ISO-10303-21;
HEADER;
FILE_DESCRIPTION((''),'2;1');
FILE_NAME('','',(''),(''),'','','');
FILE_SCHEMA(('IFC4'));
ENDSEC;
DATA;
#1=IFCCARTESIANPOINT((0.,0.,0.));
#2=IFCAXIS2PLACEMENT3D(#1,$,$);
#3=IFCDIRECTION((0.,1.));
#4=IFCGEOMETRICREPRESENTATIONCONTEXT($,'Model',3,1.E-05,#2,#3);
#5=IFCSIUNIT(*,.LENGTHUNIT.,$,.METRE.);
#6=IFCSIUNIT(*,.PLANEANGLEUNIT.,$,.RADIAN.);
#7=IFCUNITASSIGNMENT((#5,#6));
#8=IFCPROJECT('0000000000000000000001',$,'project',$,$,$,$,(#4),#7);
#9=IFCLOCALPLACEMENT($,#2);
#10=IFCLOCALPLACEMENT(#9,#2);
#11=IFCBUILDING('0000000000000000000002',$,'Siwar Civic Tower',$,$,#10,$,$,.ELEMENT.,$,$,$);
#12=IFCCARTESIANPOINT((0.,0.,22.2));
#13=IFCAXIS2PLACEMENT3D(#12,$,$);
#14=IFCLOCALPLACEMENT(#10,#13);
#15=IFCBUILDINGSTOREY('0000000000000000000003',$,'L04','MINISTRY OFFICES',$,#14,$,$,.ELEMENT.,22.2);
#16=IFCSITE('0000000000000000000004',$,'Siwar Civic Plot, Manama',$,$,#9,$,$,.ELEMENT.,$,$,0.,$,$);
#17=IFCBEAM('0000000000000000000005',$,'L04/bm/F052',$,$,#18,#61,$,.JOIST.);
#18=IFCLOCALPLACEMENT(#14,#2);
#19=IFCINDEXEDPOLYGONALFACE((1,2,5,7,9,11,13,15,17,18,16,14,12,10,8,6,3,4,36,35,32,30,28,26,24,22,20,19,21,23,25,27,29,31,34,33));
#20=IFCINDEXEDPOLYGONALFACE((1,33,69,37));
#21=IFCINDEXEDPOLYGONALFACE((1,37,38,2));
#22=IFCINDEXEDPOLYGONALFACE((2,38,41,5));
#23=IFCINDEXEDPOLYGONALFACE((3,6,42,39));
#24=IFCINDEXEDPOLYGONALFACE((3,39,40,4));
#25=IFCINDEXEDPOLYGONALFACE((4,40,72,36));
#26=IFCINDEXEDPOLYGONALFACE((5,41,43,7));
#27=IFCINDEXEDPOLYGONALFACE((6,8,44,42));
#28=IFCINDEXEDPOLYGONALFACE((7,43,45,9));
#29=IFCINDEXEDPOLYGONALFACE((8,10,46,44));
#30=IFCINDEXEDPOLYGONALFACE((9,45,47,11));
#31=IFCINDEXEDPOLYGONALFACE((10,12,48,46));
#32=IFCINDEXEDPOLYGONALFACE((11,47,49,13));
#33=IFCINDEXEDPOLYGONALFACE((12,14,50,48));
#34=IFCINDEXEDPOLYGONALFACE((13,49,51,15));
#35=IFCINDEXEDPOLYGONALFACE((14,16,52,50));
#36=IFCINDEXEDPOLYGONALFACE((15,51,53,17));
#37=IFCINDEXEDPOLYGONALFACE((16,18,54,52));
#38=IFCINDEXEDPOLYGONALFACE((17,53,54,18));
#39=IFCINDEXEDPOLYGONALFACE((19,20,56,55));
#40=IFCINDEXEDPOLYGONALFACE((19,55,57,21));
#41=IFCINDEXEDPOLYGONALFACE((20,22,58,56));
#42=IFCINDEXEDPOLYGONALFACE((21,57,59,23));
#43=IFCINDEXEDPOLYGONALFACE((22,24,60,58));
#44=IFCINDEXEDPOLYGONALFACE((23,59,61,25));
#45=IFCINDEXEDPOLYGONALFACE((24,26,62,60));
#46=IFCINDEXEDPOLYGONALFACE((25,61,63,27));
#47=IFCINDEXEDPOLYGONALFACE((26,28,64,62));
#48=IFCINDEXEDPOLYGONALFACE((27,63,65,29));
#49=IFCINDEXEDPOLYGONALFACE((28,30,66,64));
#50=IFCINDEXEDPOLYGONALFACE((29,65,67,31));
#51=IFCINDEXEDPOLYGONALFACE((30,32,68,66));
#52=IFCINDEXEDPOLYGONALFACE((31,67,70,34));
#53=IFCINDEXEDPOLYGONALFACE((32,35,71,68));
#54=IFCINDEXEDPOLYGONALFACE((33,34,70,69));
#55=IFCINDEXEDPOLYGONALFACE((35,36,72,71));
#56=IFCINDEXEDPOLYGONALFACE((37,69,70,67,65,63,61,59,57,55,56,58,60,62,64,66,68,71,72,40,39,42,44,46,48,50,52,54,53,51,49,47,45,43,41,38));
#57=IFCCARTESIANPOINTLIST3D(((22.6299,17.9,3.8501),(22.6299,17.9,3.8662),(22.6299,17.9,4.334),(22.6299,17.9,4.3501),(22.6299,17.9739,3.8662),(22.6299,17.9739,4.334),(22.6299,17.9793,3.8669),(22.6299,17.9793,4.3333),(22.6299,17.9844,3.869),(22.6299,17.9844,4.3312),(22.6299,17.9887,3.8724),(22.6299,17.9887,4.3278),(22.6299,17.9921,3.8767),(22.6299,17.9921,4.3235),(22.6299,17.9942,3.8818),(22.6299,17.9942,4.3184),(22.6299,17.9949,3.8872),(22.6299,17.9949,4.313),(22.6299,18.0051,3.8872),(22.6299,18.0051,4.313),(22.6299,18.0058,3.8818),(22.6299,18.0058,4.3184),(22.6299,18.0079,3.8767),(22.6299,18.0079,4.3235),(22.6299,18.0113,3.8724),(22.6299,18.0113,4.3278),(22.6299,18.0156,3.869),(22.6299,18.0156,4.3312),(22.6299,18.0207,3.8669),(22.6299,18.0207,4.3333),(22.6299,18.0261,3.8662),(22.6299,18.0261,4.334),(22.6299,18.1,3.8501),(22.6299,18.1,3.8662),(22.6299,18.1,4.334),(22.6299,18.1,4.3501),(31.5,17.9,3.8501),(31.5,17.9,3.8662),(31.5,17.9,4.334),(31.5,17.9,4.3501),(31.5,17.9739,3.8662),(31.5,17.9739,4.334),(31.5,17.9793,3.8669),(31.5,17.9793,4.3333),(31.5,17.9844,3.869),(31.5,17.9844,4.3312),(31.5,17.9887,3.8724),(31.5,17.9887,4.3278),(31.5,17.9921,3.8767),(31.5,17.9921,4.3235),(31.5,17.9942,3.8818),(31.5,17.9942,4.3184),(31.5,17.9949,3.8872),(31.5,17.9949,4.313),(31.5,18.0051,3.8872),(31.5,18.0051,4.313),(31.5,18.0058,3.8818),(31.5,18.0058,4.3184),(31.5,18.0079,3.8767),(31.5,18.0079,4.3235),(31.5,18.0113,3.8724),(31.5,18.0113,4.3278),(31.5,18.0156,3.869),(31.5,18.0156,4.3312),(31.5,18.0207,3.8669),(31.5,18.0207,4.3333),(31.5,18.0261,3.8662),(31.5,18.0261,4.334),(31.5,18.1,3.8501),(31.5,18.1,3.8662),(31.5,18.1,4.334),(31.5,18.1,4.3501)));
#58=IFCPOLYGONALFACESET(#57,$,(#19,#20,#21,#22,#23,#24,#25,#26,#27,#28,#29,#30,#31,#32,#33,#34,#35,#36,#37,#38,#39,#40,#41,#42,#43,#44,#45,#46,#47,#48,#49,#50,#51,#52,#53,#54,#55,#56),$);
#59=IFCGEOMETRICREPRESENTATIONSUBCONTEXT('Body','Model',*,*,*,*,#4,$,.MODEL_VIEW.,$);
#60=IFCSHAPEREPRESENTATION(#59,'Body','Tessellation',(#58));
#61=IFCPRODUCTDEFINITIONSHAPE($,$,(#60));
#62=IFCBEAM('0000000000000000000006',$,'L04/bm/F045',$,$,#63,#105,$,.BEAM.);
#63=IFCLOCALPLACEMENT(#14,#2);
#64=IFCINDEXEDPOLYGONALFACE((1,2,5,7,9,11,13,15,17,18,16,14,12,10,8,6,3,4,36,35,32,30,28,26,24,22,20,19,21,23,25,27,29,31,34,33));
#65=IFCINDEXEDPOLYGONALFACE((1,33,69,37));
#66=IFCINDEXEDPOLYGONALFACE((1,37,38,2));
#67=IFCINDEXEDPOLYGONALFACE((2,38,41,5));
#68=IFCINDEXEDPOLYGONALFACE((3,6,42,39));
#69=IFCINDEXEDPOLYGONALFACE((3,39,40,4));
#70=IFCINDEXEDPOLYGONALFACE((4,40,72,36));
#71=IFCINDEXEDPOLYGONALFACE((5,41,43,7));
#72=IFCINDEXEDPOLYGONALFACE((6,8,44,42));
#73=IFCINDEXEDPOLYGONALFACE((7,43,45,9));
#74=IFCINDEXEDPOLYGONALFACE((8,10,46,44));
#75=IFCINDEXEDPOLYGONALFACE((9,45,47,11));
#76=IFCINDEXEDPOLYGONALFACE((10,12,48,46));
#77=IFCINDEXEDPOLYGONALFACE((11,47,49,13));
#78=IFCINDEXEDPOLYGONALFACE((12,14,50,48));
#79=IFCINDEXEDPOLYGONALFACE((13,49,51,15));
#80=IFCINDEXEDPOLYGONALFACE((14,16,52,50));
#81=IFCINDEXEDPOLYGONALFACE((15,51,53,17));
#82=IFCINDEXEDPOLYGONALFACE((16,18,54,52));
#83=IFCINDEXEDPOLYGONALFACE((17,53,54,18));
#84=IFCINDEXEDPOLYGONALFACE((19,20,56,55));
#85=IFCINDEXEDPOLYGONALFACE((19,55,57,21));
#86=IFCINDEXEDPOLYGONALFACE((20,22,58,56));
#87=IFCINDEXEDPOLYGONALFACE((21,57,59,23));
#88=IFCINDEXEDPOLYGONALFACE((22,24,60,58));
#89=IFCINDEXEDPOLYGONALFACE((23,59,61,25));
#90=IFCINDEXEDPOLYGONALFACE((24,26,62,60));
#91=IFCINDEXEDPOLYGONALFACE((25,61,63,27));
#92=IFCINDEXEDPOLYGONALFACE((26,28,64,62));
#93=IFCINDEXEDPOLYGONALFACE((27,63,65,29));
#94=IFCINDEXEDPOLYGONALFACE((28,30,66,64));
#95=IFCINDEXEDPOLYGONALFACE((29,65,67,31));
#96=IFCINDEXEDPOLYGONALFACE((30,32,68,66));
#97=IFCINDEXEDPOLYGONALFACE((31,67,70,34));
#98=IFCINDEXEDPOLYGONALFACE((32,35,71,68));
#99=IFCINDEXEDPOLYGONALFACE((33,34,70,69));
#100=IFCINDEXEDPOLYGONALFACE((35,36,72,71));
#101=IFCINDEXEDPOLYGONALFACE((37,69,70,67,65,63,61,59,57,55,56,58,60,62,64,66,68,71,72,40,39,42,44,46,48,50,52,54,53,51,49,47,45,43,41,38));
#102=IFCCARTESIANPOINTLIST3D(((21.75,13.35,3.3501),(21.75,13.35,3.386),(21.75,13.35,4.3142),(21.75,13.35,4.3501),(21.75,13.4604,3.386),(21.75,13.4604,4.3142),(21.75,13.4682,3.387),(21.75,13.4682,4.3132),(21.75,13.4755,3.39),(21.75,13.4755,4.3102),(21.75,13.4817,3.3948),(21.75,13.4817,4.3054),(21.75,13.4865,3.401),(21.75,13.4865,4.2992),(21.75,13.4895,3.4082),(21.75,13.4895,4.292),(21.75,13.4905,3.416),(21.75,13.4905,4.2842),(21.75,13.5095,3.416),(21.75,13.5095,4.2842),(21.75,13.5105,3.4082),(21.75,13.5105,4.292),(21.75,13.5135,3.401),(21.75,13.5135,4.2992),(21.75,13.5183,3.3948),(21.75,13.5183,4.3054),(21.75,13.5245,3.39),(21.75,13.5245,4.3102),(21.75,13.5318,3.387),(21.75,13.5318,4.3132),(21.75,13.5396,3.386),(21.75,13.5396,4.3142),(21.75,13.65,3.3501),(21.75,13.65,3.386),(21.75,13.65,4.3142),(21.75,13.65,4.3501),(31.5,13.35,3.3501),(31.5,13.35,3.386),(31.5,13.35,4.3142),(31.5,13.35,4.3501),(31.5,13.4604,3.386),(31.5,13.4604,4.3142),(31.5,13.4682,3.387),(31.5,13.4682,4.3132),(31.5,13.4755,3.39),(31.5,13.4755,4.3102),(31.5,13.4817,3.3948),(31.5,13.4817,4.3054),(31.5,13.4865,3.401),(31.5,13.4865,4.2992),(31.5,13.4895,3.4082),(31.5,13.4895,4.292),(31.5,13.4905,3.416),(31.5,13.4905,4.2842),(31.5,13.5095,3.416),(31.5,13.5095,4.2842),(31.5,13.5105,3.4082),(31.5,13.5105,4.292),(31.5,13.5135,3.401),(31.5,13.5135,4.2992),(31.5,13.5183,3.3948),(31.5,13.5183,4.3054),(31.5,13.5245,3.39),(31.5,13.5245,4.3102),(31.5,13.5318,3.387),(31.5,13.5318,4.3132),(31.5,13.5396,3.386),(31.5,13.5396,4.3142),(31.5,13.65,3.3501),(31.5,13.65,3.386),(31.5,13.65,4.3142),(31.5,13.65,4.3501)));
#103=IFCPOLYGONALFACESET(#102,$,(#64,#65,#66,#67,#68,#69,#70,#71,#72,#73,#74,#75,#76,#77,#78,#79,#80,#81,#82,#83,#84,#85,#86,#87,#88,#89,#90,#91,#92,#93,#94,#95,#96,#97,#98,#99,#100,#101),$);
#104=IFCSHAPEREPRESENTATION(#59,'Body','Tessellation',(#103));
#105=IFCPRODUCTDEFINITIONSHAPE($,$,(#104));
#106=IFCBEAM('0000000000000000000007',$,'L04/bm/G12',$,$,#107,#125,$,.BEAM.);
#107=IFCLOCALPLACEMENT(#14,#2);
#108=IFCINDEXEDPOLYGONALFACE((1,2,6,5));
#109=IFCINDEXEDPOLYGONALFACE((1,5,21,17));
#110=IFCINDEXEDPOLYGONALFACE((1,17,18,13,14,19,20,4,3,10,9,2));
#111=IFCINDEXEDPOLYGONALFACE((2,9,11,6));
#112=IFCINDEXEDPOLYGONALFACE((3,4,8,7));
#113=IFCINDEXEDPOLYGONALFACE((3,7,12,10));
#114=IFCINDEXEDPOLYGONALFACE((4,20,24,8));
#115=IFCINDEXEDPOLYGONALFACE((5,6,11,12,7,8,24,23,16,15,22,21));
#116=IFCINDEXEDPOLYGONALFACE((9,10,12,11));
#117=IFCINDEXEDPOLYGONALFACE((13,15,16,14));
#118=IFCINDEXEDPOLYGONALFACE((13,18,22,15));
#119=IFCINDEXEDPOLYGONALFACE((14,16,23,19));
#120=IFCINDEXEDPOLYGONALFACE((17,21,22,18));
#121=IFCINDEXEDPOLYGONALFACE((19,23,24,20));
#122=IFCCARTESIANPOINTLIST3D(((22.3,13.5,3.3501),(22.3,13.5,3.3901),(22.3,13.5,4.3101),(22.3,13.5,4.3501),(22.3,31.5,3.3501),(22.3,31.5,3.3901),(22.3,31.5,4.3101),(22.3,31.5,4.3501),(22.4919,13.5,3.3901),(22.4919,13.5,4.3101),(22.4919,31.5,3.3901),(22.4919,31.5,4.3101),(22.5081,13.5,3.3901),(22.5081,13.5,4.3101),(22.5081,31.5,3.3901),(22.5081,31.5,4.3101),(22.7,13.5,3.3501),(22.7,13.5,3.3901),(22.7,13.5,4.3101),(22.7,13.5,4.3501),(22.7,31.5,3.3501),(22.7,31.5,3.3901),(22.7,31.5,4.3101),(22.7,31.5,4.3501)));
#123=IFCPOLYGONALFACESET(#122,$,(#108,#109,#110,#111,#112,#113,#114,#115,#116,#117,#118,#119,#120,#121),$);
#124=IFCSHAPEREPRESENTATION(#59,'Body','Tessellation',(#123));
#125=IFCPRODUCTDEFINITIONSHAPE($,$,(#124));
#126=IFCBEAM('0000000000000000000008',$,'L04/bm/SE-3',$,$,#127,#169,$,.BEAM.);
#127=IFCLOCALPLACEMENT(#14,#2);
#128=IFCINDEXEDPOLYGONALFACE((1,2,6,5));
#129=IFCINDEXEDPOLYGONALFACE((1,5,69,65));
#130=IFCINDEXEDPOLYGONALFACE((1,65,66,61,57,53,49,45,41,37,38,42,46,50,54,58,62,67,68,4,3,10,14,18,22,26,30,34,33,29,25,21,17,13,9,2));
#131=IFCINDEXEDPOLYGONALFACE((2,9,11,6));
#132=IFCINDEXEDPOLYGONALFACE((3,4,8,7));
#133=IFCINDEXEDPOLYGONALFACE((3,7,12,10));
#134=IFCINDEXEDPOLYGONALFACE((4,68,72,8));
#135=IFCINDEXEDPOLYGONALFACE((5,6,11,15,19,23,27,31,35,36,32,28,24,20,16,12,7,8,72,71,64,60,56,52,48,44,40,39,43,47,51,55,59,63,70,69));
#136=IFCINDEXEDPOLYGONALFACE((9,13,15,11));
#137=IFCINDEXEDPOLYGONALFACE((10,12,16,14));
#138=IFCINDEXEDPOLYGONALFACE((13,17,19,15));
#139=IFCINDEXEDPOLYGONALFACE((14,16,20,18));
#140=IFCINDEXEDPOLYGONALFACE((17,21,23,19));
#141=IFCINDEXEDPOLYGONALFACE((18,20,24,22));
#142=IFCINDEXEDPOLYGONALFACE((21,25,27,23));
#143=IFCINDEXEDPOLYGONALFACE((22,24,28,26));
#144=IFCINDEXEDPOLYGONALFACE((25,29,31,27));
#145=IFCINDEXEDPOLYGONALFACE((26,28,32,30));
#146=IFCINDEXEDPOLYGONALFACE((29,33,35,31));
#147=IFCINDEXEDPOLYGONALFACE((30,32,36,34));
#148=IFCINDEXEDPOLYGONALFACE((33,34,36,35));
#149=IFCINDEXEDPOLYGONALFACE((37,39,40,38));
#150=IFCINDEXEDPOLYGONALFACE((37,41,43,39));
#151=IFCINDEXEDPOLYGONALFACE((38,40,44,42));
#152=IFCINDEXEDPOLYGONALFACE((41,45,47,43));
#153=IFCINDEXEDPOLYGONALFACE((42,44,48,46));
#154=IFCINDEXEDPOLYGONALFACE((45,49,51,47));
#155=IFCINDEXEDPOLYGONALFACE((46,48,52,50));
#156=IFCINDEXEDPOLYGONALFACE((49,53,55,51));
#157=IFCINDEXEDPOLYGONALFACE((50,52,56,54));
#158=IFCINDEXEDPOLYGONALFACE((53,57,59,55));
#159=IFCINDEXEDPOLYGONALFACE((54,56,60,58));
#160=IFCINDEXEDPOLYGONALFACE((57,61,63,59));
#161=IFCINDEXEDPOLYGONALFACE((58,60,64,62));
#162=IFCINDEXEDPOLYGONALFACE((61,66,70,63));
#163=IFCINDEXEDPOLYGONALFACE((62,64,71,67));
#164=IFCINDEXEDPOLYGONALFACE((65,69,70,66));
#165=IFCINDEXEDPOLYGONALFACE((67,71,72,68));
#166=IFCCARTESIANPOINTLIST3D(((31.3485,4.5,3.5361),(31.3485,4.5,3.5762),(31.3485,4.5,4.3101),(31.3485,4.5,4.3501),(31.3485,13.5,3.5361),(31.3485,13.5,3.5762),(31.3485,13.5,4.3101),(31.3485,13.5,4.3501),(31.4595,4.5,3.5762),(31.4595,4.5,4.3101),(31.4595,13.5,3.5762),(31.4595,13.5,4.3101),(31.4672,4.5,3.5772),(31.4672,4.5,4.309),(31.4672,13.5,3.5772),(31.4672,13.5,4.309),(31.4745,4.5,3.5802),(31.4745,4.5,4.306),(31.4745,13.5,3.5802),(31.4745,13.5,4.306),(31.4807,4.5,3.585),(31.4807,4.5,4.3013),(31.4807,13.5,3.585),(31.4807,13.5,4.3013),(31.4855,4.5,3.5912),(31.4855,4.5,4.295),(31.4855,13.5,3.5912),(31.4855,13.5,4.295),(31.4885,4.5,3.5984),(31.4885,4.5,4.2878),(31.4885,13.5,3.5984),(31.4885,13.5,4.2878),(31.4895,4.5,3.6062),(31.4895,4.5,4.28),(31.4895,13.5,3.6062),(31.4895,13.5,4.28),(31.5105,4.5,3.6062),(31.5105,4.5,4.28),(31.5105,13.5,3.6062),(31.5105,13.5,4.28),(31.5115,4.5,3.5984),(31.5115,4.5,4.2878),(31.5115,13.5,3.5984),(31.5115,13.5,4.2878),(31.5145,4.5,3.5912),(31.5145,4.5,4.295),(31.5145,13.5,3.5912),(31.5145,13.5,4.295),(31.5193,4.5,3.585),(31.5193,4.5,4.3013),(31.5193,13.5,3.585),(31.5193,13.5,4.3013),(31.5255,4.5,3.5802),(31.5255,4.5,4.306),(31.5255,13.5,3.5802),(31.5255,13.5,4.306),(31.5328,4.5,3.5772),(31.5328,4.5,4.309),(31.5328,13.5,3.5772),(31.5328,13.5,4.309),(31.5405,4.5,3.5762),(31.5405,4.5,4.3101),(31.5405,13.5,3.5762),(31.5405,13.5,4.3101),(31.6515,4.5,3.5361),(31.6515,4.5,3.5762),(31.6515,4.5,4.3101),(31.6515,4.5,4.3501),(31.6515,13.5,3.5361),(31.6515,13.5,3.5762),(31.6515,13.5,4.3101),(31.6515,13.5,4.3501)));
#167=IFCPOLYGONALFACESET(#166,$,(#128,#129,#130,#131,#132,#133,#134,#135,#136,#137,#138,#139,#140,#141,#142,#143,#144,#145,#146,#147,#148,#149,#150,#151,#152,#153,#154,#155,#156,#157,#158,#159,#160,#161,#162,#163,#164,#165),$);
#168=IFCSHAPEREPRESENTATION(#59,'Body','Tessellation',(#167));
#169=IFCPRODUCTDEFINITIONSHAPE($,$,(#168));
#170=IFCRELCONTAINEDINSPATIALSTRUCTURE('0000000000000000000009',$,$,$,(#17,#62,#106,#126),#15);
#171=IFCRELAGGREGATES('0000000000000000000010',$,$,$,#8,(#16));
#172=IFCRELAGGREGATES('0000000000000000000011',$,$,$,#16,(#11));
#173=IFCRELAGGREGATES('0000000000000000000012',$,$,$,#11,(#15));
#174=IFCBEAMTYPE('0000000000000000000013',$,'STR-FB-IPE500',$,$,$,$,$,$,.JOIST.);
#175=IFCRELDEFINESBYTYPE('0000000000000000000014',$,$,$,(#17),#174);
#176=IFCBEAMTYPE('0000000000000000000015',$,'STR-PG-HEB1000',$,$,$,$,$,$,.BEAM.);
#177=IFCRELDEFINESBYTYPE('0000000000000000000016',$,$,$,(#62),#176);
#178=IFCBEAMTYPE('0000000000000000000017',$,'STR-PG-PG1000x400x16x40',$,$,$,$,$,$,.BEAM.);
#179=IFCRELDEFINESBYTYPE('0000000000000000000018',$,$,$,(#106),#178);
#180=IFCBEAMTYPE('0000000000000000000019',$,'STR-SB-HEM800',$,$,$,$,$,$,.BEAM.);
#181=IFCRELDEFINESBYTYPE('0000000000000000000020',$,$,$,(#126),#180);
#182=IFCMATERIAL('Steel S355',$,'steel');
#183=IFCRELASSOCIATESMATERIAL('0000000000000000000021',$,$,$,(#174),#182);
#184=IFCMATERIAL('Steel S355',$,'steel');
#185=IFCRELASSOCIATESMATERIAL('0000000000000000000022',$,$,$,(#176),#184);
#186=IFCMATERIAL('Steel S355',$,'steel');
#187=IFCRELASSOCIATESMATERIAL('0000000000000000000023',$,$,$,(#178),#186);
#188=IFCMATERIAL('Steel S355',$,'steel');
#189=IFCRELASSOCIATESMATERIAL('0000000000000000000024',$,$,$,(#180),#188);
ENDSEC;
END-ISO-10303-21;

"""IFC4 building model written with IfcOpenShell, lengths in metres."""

from ifc_helpers import new_model, si_unit, direction, frame, origin, origin_2d, place, context, subcontext, project, spatial, i_section, extrude, material, material_profile, profile_set, type_object, element, save


model = new_model("IFC4")

# Units and contexts
model_context = context("Model", 3, precision=1e-05, world=origin(), true_north=direction((0.0, 1.0)))
body_context = subcontext(model_context, "Body", "Model", "MODEL_VIEW")
ifc_project = project(units=[si_unit("LENGTHUNIT", "METRE"), si_unit("PLANEANGLEUNIT", "RADIAN")], contexts=[model_context])

# Site, building, storey
site_placement = place(None, origin())
site = spatial("IfcSite", under=ifc_project, at=site_placement, Name="Siwar Civic Plot, Manama", CompositionType="ELEMENT", RefElevation=0.0)
building_placement = place(site_placement, origin())
building = spatial("IfcBuilding", under=site, at=building_placement, Name="Siwar Civic Tower", CompositionType="ELEMENT")
storey_placement = place(building_placement, frame((0.0, 0.0, 22.2)))
storey = spatial("IfcBuildingStorey", under=building, at=storey_placement, Name="L04", Description="MINISTRY OFFICES", CompositionType="ELEMENT", Elevation=22.2)

# Beams
ifc_material_1 = material(Name="Steel S355", Category="steel")
ifc_material_profile_1 = material_profile(ifc_material_1, i_section(OverallWidth=0.2, OverallDepth=0.5, WebThickness=0.0103, FlangeThickness=0.0161, FilletRadius=0.021, at=origin_2d()), Name="IPE500")
ifc_profile_set_1 = profile_set([ifc_material_profile_1], Name="Steel S355")
beam_type_1 = type_object("IfcBeamType", Name="STR-FB-IPE500", PredefinedType="JOIST", material=ifc_profile_set_1)
beam_1_placement = place(storey_placement, frame((22.6299, 18.0, 4.1001), z_axis=(1.0, 0.0, 0.0), x_axis=(0.0, 1.0, 0.0)))
element("IfcBeam", 1, at=beam_1_placement, inside=storey, type_object=beam_type_1, Name="L04/bm/F052", PredefinedType="JOIST", context=body_context, shape_type="SweptSolid", body=[
    extrude(i_section(OverallWidth=0.2, OverallDepth=0.5, WebThickness=0.0103, FlangeThickness=0.0161, FilletRadius=0.021, at=origin_2d()), origin(), (0.0, 0.0, 1.0), 8.8701),
])
ifc_material_2 = material(Name="Steel S355", Category="steel")
ifc_material_profile_2 = material_profile(ifc_material_2, i_section(OverallWidth=0.3, OverallDepth=1.0, WebThickness=0.019, FlangeThickness=0.0359, FilletRadius=0.03, at=origin_2d()), Name="HEB1000")
ifc_profile_set_2 = profile_set([ifc_material_profile_2], Name="Steel S355")
beam_type_2 = type_object("IfcBeamType", Name="STR-PG-HEB1000", PredefinedType="BEAM", material=ifc_profile_set_2)
beam_2_placement = place(storey_placement, frame((21.75, 13.5, 3.8501), z_axis=(1.0, 0.0, 0.0), x_axis=(0.0, 1.0, 0.0)))
element("IfcBeam", 2, at=beam_2_placement, inside=storey, type_object=beam_type_2, Name="L04/bm/F045", PredefinedType="BEAM", context=body_context, shape_type="SweptSolid", body=[
    extrude(i_section(OverallWidth=0.3, OverallDepth=1.0, WebThickness=0.019, FlangeThickness=0.0359, FilletRadius=0.03, at=origin_2d()), origin(), (0.0, 0.0, 1.0), 9.75),
])
ifc_material_3 = material(Name="Steel S355", Category="steel")
ifc_material_profile_3 = material_profile(ifc_material_3, i_section(OverallWidth=0.3999, OverallDepth=1.0, WebThickness=0.0161, FlangeThickness=0.04, at=origin_2d()), Name="PG1000x400x16x40")
ifc_profile_set_3 = profile_set([ifc_material_profile_3], Name="Steel S355")
beam_type_3 = type_object("IfcBeamType", Name="STR-PG-PG1000x400x16x40", PredefinedType="BEAM", material=ifc_profile_set_3)
beam_3_placement = place(storey_placement, frame((22.5, 13.5, 3.8501), z_axis=(0.0, 1.0, 0.0), x_axis=(-1.0, 0.0, 0.0)))
element("IfcBeam", 3, at=beam_3_placement, inside=storey, type_object=beam_type_3, Name="L04/bm/G12", PredefinedType="BEAM", context=body_context, shape_type="SweptSolid", body=[
    extrude(i_section(OverallWidth=0.3999, OverallDepth=1.0, WebThickness=0.0161, FlangeThickness=0.04, at=origin_2d()), origin(), (0.0, 0.0, 1.0), 18.0),
])
ifc_material_4 = material(Name="Steel S355", Category="steel")
ifc_material_profile_4 = material_profile(ifc_material_4, i_section(OverallWidth=0.303, OverallDepth=0.814, WebThickness=0.021, FlangeThickness=0.04, FilletRadius=0.03, at=origin_2d()), Name="HEM800")
ifc_profile_set_4 = profile_set([ifc_material_profile_4], Name="Steel S355")
beam_type_4 = type_object("IfcBeamType", Name="STR-SB-HEM800", PredefinedType="BEAM", material=ifc_profile_set_4)
for number, where, z_axis, x_axis, name in (
    (4, (31.5, 4.5, 3.9431), (0.0, 1.0, 0.0), (-1.0, 0.0, 0.0), "L04/bm/SE-3"),
):
    element("IfcBeam", number, at=place(storey_placement, frame(where, z_axis=z_axis, x_axis=x_axis)), inside=storey, type_object=beam_type_4, Name=name, PredefinedType="BEAM", context=body_context, shape_type="SweptSolid", body=[
        extrude(i_section(OverallWidth=0.303, OverallDepth=0.814, WebThickness=0.021, FlangeThickness=0.04, FilletRadius=0.03, at=origin_2d()), origin(), (0.0, 0.0, 1.0), 9.0),
    ])

save(model, "model.ifc")
